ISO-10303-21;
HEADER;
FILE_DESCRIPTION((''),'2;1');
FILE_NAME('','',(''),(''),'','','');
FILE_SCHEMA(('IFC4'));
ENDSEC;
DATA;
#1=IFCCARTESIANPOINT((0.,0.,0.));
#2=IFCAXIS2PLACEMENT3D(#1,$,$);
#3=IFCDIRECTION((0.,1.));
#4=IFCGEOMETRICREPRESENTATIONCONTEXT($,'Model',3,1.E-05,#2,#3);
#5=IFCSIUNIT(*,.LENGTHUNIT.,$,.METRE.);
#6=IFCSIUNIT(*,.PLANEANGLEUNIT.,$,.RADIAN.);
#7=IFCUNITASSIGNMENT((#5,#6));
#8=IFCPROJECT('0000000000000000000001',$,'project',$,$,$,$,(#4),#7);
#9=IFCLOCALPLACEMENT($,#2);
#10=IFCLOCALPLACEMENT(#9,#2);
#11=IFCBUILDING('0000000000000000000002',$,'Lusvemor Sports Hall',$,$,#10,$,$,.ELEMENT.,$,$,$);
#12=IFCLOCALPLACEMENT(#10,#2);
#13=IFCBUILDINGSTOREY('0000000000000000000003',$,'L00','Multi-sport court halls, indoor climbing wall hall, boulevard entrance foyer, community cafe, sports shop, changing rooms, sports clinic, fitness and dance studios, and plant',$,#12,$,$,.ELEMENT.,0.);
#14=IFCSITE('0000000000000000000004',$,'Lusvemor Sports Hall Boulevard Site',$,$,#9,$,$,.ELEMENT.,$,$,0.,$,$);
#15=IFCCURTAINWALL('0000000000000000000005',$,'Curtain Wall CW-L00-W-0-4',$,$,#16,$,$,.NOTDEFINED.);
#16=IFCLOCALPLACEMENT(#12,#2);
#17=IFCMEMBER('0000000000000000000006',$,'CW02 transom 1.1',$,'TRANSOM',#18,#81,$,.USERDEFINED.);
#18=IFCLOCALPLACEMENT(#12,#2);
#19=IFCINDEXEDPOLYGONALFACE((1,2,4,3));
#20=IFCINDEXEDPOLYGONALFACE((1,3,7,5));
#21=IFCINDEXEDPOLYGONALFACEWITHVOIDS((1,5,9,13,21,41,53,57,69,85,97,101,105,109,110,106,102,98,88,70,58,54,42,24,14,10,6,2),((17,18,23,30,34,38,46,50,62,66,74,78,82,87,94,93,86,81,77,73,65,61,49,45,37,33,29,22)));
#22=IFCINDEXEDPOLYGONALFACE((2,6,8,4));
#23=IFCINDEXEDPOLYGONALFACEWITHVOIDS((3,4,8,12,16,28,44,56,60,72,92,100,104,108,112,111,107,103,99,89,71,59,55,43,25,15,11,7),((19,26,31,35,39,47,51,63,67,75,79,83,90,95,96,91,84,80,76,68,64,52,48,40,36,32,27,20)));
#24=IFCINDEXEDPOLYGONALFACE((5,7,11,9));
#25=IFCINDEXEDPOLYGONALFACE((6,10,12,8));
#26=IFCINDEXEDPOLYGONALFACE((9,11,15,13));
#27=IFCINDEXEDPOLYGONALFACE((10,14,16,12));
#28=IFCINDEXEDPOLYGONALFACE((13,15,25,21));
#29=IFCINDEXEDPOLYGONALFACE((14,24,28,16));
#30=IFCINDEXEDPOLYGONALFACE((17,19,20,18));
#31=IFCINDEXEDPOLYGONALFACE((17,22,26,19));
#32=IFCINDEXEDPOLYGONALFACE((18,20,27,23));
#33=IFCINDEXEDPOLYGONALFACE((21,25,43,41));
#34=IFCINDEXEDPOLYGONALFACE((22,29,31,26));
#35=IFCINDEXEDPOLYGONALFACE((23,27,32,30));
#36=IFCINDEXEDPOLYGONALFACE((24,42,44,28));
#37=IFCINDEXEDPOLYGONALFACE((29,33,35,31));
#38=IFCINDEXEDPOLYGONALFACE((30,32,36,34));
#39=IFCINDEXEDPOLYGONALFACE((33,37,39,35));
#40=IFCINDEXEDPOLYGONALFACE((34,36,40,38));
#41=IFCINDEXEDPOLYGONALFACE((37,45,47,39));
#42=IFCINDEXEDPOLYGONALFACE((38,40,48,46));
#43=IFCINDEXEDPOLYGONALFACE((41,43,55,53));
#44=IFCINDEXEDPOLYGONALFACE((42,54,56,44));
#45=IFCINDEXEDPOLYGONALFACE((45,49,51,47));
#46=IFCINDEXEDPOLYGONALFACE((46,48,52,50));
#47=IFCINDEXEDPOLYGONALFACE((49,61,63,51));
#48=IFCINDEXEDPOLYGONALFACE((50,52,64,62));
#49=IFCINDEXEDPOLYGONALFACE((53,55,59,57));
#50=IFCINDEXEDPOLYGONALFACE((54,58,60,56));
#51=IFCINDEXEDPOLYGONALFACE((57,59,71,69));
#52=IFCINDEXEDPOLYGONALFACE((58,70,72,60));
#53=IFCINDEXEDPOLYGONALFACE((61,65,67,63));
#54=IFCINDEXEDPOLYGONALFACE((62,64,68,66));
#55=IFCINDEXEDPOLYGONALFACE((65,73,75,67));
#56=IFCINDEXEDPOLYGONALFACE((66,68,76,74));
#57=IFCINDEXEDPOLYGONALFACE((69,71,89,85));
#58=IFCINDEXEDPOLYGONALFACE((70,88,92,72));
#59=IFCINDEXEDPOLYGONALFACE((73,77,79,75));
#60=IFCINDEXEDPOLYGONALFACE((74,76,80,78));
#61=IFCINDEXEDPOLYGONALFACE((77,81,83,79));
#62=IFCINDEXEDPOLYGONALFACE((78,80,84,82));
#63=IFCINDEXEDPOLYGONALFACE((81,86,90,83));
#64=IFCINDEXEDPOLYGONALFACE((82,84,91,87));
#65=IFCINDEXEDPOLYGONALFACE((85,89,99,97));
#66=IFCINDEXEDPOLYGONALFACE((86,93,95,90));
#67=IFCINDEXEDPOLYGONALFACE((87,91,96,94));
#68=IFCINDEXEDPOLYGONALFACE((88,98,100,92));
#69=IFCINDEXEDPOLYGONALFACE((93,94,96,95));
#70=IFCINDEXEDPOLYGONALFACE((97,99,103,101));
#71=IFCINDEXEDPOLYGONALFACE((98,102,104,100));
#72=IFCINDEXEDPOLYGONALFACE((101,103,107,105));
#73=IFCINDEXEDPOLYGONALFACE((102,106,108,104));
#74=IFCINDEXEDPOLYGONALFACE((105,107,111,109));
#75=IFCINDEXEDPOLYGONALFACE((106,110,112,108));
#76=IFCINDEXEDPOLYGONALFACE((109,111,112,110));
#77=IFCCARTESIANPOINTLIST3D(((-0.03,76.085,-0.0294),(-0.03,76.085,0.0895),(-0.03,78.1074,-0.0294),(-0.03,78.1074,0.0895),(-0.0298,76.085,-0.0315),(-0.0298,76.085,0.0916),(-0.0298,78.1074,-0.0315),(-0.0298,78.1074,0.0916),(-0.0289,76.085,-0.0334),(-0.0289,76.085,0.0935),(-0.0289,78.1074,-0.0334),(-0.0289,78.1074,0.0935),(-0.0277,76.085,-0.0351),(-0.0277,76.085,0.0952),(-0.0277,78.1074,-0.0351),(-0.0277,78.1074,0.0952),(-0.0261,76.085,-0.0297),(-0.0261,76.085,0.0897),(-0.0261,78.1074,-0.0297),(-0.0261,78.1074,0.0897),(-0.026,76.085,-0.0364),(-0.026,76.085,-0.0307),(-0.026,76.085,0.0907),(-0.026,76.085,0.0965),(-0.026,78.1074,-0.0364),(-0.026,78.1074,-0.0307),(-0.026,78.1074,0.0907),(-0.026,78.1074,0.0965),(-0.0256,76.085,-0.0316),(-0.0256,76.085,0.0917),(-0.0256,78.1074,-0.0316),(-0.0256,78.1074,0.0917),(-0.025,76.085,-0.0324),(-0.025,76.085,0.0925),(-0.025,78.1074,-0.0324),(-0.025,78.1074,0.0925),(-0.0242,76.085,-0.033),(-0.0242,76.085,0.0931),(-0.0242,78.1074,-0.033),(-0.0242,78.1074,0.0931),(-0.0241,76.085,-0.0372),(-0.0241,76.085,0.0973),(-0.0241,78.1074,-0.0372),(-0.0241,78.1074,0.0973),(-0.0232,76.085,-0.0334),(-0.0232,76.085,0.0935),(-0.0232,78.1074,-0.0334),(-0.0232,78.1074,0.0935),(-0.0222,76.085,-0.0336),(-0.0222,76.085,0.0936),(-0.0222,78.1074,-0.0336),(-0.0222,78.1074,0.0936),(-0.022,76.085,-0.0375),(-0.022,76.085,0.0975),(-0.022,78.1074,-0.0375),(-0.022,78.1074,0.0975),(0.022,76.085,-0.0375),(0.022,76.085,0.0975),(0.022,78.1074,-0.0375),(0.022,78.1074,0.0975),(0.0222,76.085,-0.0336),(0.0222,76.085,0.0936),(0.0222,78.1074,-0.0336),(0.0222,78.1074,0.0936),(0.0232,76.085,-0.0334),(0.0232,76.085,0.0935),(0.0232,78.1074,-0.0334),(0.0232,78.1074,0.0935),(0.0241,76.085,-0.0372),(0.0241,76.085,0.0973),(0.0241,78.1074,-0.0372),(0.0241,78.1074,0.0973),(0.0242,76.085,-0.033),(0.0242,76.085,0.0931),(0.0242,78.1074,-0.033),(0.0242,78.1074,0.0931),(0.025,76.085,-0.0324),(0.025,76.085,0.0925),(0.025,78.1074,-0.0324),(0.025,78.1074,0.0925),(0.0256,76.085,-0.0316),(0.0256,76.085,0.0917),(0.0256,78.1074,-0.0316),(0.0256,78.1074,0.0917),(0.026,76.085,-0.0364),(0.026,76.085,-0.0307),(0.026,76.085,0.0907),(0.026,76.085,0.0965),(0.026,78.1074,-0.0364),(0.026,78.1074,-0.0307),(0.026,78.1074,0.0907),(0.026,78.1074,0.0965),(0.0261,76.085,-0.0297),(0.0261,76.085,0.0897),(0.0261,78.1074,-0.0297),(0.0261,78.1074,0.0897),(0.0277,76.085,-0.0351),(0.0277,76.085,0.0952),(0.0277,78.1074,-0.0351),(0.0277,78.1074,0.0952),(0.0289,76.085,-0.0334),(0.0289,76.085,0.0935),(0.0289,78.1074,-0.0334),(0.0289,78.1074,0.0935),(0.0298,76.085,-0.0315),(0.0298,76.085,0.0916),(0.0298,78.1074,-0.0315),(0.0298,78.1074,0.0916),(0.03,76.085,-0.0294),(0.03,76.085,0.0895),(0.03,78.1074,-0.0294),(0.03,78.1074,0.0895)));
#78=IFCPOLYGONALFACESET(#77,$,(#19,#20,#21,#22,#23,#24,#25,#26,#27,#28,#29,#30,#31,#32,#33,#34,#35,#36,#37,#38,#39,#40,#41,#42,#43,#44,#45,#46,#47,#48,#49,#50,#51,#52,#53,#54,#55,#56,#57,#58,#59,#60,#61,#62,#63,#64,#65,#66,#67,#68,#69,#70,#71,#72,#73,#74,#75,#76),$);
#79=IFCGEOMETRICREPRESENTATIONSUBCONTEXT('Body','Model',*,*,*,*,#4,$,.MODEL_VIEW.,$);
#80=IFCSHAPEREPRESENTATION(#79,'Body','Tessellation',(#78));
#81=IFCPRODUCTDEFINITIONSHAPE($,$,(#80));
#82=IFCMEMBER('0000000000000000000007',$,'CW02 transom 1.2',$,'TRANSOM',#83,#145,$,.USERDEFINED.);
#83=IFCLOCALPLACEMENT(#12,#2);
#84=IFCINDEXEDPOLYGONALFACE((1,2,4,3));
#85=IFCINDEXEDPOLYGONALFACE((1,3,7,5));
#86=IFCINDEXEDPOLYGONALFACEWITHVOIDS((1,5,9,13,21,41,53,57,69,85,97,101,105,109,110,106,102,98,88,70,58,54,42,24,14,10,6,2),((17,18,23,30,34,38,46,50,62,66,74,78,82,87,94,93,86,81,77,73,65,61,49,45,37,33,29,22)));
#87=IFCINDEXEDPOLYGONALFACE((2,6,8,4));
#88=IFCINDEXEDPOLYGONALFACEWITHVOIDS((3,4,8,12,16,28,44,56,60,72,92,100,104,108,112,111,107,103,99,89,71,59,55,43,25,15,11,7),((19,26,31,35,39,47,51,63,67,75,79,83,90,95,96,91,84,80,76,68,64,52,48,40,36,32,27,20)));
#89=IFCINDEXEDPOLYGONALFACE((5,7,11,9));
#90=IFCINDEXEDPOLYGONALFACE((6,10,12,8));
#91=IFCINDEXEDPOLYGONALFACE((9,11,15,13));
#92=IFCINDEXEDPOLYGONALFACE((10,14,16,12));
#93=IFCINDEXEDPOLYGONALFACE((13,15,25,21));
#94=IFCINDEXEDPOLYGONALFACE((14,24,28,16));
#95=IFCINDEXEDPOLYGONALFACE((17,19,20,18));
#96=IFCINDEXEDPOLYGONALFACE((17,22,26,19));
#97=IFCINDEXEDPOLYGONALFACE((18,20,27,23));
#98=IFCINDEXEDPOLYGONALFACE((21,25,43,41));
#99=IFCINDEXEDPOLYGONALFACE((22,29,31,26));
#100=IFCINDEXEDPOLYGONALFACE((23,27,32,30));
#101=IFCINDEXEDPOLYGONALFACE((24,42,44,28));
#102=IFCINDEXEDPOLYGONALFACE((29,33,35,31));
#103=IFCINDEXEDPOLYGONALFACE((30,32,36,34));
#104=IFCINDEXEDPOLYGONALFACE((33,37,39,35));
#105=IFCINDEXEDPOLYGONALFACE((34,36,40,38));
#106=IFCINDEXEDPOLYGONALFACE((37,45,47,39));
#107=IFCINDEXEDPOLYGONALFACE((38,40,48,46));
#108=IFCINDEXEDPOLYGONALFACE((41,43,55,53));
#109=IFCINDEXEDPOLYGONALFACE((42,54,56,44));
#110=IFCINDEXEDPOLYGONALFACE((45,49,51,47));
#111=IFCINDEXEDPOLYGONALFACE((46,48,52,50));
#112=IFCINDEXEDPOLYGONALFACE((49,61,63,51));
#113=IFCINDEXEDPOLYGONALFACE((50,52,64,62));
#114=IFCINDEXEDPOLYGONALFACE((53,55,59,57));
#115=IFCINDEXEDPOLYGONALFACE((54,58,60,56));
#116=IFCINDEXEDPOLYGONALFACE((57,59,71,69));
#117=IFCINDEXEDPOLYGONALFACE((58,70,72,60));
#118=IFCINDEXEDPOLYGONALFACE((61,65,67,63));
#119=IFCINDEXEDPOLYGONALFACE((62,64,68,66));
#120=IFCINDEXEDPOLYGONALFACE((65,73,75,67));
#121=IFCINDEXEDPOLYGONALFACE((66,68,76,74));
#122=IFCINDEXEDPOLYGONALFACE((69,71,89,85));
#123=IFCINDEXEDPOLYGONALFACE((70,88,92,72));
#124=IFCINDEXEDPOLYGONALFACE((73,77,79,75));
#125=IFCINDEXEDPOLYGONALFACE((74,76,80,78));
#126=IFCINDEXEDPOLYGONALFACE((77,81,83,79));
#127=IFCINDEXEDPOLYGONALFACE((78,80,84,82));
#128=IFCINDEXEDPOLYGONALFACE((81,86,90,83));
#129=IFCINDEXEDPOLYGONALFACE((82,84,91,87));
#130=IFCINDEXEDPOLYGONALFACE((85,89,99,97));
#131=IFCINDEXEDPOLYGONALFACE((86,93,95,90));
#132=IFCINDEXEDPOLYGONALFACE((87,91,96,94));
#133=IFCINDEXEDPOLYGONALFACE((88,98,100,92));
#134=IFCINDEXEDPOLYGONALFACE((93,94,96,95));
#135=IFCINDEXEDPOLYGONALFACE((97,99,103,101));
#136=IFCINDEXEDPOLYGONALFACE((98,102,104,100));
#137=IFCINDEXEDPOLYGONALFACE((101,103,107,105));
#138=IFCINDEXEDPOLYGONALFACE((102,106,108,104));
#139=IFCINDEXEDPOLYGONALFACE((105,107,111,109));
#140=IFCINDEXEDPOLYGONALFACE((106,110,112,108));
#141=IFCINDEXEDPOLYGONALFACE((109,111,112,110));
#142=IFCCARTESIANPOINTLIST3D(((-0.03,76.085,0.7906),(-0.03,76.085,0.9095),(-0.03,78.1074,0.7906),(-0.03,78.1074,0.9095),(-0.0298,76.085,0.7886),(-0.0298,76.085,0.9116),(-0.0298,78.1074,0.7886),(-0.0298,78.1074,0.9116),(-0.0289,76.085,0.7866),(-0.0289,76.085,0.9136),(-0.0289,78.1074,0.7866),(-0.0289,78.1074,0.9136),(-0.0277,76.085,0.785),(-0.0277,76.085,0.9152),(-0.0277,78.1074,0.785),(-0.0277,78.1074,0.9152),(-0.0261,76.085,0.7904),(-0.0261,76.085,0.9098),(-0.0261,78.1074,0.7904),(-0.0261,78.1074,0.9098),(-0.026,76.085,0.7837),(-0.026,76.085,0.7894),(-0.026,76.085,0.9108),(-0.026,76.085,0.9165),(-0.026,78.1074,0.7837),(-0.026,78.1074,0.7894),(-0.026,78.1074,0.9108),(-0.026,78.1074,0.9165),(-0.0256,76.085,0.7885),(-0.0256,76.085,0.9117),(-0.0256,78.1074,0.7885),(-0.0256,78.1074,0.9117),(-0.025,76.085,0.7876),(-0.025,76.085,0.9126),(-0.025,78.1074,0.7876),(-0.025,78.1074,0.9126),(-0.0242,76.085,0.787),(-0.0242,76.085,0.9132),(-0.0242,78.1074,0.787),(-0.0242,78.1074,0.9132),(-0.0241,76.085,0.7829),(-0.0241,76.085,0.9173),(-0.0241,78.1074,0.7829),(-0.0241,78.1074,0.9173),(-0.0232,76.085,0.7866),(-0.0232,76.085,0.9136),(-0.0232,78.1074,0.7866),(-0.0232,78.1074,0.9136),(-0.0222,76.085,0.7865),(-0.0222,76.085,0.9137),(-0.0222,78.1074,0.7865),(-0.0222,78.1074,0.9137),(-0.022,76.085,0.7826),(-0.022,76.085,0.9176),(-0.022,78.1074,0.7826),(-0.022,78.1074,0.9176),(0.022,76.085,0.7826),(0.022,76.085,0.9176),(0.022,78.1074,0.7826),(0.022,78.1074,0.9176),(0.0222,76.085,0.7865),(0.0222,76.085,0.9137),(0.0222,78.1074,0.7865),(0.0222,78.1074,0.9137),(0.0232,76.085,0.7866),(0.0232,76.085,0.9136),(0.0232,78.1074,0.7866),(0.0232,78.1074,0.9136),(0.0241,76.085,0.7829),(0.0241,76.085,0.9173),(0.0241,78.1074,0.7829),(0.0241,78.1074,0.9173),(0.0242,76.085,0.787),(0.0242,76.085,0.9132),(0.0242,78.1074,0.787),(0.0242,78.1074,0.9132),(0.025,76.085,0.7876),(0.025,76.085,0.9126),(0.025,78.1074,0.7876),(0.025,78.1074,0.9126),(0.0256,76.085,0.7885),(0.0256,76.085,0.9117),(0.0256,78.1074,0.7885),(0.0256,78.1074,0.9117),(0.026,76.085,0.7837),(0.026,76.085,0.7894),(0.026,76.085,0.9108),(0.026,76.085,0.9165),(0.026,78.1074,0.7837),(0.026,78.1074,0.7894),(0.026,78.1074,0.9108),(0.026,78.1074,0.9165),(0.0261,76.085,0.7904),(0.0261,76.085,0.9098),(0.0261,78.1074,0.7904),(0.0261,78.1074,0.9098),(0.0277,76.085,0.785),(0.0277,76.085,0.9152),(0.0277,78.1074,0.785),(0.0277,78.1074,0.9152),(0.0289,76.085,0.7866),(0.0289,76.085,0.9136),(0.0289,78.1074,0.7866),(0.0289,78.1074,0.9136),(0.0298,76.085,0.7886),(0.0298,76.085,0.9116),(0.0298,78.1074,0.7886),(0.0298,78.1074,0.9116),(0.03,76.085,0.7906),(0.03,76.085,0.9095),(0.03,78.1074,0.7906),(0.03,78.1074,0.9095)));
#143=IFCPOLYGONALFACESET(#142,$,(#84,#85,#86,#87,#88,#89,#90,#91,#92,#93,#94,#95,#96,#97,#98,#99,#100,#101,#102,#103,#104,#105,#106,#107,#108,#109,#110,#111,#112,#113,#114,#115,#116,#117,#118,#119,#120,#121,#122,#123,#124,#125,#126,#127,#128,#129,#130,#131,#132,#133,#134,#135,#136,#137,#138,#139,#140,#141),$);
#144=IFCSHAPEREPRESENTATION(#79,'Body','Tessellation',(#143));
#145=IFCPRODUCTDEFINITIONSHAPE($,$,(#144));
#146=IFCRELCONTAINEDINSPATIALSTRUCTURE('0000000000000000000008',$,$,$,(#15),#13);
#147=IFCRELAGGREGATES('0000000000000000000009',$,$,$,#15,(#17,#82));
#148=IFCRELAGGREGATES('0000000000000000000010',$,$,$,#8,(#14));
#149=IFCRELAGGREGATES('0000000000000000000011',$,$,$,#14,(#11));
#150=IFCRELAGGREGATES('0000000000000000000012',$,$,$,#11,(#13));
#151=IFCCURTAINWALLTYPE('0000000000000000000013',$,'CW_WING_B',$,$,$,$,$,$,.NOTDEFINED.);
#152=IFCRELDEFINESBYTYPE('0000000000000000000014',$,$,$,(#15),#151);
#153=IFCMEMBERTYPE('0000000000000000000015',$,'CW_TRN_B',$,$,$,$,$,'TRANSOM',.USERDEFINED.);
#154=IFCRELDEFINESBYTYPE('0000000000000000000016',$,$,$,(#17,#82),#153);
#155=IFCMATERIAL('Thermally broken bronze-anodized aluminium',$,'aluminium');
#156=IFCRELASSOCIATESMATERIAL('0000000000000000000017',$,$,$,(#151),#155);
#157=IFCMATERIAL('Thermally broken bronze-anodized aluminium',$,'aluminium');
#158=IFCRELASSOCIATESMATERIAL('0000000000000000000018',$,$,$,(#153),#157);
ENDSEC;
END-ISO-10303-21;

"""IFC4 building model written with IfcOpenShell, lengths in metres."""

from ifc_helpers import new_model, si_unit, direction, frame, origin, origin_2d, place, context, subcontext, project, spatial, hollow_rectangle, extrude, material, material_profile, profile_set, type_object, element, aggregate, save


model = new_model("IFC4")

# Units and contexts
model_context = context("Model", 3, precision=1e-05, world=origin(), true_north=direction((0.0, 1.0)))
body_context = subcontext(model_context, "Body", "Model", "MODEL_VIEW")
ifc_project = project(units=[si_unit("LENGTHUNIT", "METRE"), si_unit("PLANEANGLEUNIT", "RADIAN")], contexts=[model_context])

# Site, building, storey
site_placement = place(None, origin())
site = spatial("IfcSite", under=ifc_project, at=site_placement, Name="Lusvemor Sports Hall Boulevard Site", CompositionType="ELEMENT", RefElevation=0.0)
building_placement = place(site_placement, origin())
building = spatial("IfcBuilding", under=site, at=building_placement, Name="Lusvemor Sports Hall", CompositionType="ELEMENT")
storey_placement = place(building_placement, origin())
storey = spatial("IfcBuildingStorey", under=building, at=storey_placement, Name="L00", Description="Multi-sport court halls, indoor climbing wall hall, boulevard entrance foyer, community cafe, sports shop, changing rooms, sports clinic, fitness and dance studios, and plant", CompositionType="ELEMENT", Elevation=0.0)

# Curtain wall, members
ifc_material_1 = material(Name="Thermally broken bronze-anodized aluminium", Category="aluminium")
curtain_wall_type = type_object("IfcCurtainWallType", Name="CW_WING_B", PredefinedType="NOTDEFINED", material=ifc_material_1)
curtain_wall_placement = place(storey_placement, origin())
curtain_wall = element("IfcCurtainWall", 1, at=curtain_wall_placement, inside=storey, type_object=curtain_wall_type, Name="Curtain Wall CW-L00-W-0-4", PredefinedType="NOTDEFINED")
ifc_material_2 = material(Name="Thermally broken bronze-anodized aluminium", Category="aluminium")
ifc_material_profile_1 = material_profile(ifc_material_2, hollow_rectangle(XDim=0.0601, YDim=0.135, WallThickness=0.0039, InnerFilletRadius=0.0039, OuterFilletRadius=0.0081, at=origin_2d()), Name="CWTRN135x60x4")
ifc_profile_set_1 = profile_set([ifc_material_profile_1], Name="Thermally broken bronze-anodized aluminium")
member_type_1 = type_object("IfcMemberType", Name="CW_TRN_B", ElementType="TRANSOM", PredefinedType="USERDEFINED", material=ifc_profile_set_1)
member_1_placement = place(storey_placement, frame((0.0, 76.085, 0.03), z_axis=(0.0, 1.0, 0.0), x_axis=(-1.0, 0.0, 0.0)))
member_1 = element("IfcMember", 2, at=member_1_placement, type_object=member_type_1, Name="CW02 transom 1.1", ObjectType="TRANSOM", PredefinedType="USERDEFINED", context=body_context, shape_type="SweptSolid", body=[
    extrude(hollow_rectangle(XDim=0.0601, YDim=0.135, WallThickness=0.0039, InnerFilletRadius=0.0039, OuterFilletRadius=0.0081, at=origin_2d()), origin(), (0.0, 0.0, 1.0), 2.0225),
])
member_2_placement = place(storey_placement, frame((0.0, 76.085, 0.8501), z_axis=(0.0, 1.0, 0.0), x_axis=(-1.0, 0.0, 0.0)))
member_2 = element("IfcMember", 3, at=member_2_placement, type_object=member_type_1, Name="CW02 transom 1.2", ObjectType="TRANSOM", PredefinedType="USERDEFINED", context=body_context, shape_type="SweptSolid", body=[
    extrude(hollow_rectangle(XDim=0.0601, YDim=0.135, WallThickness=0.0039, InnerFilletRadius=0.0039, OuterFilletRadius=0.0081, at=origin_2d()), origin(), (0.0, 0.0, 1.0), 2.0225),
])
aggregate(curtain_wall, [member_1, member_2])

save(model, "model.ifc")
